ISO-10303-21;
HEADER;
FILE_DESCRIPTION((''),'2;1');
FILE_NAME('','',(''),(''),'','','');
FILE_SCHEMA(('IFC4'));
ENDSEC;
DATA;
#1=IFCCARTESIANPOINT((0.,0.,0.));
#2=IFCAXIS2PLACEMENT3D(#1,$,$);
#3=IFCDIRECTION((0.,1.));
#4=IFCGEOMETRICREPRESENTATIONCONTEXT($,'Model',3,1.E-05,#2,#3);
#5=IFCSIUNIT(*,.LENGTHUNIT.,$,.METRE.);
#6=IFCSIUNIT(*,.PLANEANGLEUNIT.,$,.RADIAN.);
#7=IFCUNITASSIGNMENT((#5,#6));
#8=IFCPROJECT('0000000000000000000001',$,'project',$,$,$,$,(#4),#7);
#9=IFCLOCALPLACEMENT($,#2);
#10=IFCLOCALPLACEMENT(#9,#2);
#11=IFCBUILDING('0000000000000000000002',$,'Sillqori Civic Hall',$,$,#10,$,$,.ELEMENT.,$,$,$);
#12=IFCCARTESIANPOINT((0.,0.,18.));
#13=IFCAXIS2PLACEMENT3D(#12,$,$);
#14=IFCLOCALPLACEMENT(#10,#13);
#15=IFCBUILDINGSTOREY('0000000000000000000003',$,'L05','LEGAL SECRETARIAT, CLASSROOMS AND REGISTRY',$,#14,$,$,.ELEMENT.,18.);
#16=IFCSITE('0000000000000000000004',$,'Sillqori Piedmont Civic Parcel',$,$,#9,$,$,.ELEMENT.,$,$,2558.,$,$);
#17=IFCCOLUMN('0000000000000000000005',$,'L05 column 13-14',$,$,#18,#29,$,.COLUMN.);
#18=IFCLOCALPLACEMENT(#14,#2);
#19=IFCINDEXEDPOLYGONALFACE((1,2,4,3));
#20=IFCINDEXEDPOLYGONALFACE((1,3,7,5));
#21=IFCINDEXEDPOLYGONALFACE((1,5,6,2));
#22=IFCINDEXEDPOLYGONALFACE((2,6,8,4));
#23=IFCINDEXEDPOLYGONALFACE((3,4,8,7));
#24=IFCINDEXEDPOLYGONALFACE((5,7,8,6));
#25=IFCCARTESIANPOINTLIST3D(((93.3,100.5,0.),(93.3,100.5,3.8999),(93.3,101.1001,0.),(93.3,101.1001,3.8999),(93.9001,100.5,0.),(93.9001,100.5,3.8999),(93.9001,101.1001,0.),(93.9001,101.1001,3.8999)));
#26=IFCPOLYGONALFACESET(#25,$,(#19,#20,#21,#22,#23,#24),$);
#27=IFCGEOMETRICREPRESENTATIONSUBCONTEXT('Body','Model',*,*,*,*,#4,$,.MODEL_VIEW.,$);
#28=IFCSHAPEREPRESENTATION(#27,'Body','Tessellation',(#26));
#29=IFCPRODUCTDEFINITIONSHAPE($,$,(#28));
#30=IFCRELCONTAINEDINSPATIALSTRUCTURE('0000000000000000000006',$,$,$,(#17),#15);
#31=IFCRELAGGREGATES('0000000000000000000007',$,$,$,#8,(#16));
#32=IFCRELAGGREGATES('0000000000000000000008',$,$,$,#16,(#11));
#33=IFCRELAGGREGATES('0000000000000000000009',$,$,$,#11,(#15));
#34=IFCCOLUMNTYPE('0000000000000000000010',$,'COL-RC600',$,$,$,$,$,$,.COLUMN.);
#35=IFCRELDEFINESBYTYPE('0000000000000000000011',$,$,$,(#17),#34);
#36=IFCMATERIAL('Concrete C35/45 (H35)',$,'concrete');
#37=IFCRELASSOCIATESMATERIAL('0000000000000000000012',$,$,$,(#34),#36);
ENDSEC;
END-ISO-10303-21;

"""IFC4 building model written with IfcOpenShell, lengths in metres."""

from ifc_helpers import new_model, si_unit, direction, frame, origin, origin_2d, place, context, subcontext, project, spatial, rectangle, extrude, material, material_profile, profile_set, type_object, element, save


model = new_model("IFC4")

# Units and contexts
model_context = context("Model", 3, precision=1e-05, world=origin(), true_north=direction((0.0, 1.0)))
body_context = subcontext(model_context, "Body", "Model", "MODEL_VIEW")
ifc_project = project(units=[si_unit("LENGTHUNIT", "METRE"), si_unit("PLANEANGLEUNIT", "RADIAN")], contexts=[model_context])

# Site, building, storey
site_placement = place(None, origin())
site = spatial("IfcSite", under=ifc_project, at=site_placement, Name="Sillqori Piedmont Civic Parcel", CompositionType="ELEMENT", RefElevation=2558.0)
building_placement = place(site_placement, origin())
building = spatial("IfcBuilding", under=site, at=building_placement, Name="Sillqori Civic Hall", CompositionType="ELEMENT")
storey_placement = place(building_placement, frame((0.0, 0.0, 18.0)))
storey = spatial("IfcBuildingStorey", under=building, at=storey_placement, Name="L05", Description="LEGAL SECRETARIAT, CLASSROOMS AND REGISTRY", CompositionType="ELEMENT", Elevation=18.0)

# Column
ifc_material_1 = material(Name="Concrete C35/45 (H35)", Category="concrete")
ifc_material_profile_1 = material_profile(ifc_material_1, rectangle(XDim=0.6001, YDim=0.6001, at=origin_2d()), Name="RC 600x600")
ifc_profile_set_1 = profile_set([ifc_material_profile_1], Name="Concrete C35/45 (H35)")
column_type = type_object("IfcColumnType", Name="COL-RC600", PredefinedType="COLUMN", material=ifc_profile_set_1)
column_placement = place(storey_placement, frame((93.6001, 100.8, 0.0), z_axis=(0.0, 0.0, 1.0), x_axis=(1.0, 0.0, 0.0)))
element("IfcColumn", 1, at=column_placement, inside=storey, type_object=column_type, Name="L05 column 13-14", PredefinedType="COLUMN", context=body_context, shape_type="SweptSolid", body=[
    extrude(rectangle(XDim=0.6001, YDim=0.6001, at=origin_2d()), origin(), (0.0, 0.0, 1.0), 3.8999),
])

save(model, "model.ifc")
